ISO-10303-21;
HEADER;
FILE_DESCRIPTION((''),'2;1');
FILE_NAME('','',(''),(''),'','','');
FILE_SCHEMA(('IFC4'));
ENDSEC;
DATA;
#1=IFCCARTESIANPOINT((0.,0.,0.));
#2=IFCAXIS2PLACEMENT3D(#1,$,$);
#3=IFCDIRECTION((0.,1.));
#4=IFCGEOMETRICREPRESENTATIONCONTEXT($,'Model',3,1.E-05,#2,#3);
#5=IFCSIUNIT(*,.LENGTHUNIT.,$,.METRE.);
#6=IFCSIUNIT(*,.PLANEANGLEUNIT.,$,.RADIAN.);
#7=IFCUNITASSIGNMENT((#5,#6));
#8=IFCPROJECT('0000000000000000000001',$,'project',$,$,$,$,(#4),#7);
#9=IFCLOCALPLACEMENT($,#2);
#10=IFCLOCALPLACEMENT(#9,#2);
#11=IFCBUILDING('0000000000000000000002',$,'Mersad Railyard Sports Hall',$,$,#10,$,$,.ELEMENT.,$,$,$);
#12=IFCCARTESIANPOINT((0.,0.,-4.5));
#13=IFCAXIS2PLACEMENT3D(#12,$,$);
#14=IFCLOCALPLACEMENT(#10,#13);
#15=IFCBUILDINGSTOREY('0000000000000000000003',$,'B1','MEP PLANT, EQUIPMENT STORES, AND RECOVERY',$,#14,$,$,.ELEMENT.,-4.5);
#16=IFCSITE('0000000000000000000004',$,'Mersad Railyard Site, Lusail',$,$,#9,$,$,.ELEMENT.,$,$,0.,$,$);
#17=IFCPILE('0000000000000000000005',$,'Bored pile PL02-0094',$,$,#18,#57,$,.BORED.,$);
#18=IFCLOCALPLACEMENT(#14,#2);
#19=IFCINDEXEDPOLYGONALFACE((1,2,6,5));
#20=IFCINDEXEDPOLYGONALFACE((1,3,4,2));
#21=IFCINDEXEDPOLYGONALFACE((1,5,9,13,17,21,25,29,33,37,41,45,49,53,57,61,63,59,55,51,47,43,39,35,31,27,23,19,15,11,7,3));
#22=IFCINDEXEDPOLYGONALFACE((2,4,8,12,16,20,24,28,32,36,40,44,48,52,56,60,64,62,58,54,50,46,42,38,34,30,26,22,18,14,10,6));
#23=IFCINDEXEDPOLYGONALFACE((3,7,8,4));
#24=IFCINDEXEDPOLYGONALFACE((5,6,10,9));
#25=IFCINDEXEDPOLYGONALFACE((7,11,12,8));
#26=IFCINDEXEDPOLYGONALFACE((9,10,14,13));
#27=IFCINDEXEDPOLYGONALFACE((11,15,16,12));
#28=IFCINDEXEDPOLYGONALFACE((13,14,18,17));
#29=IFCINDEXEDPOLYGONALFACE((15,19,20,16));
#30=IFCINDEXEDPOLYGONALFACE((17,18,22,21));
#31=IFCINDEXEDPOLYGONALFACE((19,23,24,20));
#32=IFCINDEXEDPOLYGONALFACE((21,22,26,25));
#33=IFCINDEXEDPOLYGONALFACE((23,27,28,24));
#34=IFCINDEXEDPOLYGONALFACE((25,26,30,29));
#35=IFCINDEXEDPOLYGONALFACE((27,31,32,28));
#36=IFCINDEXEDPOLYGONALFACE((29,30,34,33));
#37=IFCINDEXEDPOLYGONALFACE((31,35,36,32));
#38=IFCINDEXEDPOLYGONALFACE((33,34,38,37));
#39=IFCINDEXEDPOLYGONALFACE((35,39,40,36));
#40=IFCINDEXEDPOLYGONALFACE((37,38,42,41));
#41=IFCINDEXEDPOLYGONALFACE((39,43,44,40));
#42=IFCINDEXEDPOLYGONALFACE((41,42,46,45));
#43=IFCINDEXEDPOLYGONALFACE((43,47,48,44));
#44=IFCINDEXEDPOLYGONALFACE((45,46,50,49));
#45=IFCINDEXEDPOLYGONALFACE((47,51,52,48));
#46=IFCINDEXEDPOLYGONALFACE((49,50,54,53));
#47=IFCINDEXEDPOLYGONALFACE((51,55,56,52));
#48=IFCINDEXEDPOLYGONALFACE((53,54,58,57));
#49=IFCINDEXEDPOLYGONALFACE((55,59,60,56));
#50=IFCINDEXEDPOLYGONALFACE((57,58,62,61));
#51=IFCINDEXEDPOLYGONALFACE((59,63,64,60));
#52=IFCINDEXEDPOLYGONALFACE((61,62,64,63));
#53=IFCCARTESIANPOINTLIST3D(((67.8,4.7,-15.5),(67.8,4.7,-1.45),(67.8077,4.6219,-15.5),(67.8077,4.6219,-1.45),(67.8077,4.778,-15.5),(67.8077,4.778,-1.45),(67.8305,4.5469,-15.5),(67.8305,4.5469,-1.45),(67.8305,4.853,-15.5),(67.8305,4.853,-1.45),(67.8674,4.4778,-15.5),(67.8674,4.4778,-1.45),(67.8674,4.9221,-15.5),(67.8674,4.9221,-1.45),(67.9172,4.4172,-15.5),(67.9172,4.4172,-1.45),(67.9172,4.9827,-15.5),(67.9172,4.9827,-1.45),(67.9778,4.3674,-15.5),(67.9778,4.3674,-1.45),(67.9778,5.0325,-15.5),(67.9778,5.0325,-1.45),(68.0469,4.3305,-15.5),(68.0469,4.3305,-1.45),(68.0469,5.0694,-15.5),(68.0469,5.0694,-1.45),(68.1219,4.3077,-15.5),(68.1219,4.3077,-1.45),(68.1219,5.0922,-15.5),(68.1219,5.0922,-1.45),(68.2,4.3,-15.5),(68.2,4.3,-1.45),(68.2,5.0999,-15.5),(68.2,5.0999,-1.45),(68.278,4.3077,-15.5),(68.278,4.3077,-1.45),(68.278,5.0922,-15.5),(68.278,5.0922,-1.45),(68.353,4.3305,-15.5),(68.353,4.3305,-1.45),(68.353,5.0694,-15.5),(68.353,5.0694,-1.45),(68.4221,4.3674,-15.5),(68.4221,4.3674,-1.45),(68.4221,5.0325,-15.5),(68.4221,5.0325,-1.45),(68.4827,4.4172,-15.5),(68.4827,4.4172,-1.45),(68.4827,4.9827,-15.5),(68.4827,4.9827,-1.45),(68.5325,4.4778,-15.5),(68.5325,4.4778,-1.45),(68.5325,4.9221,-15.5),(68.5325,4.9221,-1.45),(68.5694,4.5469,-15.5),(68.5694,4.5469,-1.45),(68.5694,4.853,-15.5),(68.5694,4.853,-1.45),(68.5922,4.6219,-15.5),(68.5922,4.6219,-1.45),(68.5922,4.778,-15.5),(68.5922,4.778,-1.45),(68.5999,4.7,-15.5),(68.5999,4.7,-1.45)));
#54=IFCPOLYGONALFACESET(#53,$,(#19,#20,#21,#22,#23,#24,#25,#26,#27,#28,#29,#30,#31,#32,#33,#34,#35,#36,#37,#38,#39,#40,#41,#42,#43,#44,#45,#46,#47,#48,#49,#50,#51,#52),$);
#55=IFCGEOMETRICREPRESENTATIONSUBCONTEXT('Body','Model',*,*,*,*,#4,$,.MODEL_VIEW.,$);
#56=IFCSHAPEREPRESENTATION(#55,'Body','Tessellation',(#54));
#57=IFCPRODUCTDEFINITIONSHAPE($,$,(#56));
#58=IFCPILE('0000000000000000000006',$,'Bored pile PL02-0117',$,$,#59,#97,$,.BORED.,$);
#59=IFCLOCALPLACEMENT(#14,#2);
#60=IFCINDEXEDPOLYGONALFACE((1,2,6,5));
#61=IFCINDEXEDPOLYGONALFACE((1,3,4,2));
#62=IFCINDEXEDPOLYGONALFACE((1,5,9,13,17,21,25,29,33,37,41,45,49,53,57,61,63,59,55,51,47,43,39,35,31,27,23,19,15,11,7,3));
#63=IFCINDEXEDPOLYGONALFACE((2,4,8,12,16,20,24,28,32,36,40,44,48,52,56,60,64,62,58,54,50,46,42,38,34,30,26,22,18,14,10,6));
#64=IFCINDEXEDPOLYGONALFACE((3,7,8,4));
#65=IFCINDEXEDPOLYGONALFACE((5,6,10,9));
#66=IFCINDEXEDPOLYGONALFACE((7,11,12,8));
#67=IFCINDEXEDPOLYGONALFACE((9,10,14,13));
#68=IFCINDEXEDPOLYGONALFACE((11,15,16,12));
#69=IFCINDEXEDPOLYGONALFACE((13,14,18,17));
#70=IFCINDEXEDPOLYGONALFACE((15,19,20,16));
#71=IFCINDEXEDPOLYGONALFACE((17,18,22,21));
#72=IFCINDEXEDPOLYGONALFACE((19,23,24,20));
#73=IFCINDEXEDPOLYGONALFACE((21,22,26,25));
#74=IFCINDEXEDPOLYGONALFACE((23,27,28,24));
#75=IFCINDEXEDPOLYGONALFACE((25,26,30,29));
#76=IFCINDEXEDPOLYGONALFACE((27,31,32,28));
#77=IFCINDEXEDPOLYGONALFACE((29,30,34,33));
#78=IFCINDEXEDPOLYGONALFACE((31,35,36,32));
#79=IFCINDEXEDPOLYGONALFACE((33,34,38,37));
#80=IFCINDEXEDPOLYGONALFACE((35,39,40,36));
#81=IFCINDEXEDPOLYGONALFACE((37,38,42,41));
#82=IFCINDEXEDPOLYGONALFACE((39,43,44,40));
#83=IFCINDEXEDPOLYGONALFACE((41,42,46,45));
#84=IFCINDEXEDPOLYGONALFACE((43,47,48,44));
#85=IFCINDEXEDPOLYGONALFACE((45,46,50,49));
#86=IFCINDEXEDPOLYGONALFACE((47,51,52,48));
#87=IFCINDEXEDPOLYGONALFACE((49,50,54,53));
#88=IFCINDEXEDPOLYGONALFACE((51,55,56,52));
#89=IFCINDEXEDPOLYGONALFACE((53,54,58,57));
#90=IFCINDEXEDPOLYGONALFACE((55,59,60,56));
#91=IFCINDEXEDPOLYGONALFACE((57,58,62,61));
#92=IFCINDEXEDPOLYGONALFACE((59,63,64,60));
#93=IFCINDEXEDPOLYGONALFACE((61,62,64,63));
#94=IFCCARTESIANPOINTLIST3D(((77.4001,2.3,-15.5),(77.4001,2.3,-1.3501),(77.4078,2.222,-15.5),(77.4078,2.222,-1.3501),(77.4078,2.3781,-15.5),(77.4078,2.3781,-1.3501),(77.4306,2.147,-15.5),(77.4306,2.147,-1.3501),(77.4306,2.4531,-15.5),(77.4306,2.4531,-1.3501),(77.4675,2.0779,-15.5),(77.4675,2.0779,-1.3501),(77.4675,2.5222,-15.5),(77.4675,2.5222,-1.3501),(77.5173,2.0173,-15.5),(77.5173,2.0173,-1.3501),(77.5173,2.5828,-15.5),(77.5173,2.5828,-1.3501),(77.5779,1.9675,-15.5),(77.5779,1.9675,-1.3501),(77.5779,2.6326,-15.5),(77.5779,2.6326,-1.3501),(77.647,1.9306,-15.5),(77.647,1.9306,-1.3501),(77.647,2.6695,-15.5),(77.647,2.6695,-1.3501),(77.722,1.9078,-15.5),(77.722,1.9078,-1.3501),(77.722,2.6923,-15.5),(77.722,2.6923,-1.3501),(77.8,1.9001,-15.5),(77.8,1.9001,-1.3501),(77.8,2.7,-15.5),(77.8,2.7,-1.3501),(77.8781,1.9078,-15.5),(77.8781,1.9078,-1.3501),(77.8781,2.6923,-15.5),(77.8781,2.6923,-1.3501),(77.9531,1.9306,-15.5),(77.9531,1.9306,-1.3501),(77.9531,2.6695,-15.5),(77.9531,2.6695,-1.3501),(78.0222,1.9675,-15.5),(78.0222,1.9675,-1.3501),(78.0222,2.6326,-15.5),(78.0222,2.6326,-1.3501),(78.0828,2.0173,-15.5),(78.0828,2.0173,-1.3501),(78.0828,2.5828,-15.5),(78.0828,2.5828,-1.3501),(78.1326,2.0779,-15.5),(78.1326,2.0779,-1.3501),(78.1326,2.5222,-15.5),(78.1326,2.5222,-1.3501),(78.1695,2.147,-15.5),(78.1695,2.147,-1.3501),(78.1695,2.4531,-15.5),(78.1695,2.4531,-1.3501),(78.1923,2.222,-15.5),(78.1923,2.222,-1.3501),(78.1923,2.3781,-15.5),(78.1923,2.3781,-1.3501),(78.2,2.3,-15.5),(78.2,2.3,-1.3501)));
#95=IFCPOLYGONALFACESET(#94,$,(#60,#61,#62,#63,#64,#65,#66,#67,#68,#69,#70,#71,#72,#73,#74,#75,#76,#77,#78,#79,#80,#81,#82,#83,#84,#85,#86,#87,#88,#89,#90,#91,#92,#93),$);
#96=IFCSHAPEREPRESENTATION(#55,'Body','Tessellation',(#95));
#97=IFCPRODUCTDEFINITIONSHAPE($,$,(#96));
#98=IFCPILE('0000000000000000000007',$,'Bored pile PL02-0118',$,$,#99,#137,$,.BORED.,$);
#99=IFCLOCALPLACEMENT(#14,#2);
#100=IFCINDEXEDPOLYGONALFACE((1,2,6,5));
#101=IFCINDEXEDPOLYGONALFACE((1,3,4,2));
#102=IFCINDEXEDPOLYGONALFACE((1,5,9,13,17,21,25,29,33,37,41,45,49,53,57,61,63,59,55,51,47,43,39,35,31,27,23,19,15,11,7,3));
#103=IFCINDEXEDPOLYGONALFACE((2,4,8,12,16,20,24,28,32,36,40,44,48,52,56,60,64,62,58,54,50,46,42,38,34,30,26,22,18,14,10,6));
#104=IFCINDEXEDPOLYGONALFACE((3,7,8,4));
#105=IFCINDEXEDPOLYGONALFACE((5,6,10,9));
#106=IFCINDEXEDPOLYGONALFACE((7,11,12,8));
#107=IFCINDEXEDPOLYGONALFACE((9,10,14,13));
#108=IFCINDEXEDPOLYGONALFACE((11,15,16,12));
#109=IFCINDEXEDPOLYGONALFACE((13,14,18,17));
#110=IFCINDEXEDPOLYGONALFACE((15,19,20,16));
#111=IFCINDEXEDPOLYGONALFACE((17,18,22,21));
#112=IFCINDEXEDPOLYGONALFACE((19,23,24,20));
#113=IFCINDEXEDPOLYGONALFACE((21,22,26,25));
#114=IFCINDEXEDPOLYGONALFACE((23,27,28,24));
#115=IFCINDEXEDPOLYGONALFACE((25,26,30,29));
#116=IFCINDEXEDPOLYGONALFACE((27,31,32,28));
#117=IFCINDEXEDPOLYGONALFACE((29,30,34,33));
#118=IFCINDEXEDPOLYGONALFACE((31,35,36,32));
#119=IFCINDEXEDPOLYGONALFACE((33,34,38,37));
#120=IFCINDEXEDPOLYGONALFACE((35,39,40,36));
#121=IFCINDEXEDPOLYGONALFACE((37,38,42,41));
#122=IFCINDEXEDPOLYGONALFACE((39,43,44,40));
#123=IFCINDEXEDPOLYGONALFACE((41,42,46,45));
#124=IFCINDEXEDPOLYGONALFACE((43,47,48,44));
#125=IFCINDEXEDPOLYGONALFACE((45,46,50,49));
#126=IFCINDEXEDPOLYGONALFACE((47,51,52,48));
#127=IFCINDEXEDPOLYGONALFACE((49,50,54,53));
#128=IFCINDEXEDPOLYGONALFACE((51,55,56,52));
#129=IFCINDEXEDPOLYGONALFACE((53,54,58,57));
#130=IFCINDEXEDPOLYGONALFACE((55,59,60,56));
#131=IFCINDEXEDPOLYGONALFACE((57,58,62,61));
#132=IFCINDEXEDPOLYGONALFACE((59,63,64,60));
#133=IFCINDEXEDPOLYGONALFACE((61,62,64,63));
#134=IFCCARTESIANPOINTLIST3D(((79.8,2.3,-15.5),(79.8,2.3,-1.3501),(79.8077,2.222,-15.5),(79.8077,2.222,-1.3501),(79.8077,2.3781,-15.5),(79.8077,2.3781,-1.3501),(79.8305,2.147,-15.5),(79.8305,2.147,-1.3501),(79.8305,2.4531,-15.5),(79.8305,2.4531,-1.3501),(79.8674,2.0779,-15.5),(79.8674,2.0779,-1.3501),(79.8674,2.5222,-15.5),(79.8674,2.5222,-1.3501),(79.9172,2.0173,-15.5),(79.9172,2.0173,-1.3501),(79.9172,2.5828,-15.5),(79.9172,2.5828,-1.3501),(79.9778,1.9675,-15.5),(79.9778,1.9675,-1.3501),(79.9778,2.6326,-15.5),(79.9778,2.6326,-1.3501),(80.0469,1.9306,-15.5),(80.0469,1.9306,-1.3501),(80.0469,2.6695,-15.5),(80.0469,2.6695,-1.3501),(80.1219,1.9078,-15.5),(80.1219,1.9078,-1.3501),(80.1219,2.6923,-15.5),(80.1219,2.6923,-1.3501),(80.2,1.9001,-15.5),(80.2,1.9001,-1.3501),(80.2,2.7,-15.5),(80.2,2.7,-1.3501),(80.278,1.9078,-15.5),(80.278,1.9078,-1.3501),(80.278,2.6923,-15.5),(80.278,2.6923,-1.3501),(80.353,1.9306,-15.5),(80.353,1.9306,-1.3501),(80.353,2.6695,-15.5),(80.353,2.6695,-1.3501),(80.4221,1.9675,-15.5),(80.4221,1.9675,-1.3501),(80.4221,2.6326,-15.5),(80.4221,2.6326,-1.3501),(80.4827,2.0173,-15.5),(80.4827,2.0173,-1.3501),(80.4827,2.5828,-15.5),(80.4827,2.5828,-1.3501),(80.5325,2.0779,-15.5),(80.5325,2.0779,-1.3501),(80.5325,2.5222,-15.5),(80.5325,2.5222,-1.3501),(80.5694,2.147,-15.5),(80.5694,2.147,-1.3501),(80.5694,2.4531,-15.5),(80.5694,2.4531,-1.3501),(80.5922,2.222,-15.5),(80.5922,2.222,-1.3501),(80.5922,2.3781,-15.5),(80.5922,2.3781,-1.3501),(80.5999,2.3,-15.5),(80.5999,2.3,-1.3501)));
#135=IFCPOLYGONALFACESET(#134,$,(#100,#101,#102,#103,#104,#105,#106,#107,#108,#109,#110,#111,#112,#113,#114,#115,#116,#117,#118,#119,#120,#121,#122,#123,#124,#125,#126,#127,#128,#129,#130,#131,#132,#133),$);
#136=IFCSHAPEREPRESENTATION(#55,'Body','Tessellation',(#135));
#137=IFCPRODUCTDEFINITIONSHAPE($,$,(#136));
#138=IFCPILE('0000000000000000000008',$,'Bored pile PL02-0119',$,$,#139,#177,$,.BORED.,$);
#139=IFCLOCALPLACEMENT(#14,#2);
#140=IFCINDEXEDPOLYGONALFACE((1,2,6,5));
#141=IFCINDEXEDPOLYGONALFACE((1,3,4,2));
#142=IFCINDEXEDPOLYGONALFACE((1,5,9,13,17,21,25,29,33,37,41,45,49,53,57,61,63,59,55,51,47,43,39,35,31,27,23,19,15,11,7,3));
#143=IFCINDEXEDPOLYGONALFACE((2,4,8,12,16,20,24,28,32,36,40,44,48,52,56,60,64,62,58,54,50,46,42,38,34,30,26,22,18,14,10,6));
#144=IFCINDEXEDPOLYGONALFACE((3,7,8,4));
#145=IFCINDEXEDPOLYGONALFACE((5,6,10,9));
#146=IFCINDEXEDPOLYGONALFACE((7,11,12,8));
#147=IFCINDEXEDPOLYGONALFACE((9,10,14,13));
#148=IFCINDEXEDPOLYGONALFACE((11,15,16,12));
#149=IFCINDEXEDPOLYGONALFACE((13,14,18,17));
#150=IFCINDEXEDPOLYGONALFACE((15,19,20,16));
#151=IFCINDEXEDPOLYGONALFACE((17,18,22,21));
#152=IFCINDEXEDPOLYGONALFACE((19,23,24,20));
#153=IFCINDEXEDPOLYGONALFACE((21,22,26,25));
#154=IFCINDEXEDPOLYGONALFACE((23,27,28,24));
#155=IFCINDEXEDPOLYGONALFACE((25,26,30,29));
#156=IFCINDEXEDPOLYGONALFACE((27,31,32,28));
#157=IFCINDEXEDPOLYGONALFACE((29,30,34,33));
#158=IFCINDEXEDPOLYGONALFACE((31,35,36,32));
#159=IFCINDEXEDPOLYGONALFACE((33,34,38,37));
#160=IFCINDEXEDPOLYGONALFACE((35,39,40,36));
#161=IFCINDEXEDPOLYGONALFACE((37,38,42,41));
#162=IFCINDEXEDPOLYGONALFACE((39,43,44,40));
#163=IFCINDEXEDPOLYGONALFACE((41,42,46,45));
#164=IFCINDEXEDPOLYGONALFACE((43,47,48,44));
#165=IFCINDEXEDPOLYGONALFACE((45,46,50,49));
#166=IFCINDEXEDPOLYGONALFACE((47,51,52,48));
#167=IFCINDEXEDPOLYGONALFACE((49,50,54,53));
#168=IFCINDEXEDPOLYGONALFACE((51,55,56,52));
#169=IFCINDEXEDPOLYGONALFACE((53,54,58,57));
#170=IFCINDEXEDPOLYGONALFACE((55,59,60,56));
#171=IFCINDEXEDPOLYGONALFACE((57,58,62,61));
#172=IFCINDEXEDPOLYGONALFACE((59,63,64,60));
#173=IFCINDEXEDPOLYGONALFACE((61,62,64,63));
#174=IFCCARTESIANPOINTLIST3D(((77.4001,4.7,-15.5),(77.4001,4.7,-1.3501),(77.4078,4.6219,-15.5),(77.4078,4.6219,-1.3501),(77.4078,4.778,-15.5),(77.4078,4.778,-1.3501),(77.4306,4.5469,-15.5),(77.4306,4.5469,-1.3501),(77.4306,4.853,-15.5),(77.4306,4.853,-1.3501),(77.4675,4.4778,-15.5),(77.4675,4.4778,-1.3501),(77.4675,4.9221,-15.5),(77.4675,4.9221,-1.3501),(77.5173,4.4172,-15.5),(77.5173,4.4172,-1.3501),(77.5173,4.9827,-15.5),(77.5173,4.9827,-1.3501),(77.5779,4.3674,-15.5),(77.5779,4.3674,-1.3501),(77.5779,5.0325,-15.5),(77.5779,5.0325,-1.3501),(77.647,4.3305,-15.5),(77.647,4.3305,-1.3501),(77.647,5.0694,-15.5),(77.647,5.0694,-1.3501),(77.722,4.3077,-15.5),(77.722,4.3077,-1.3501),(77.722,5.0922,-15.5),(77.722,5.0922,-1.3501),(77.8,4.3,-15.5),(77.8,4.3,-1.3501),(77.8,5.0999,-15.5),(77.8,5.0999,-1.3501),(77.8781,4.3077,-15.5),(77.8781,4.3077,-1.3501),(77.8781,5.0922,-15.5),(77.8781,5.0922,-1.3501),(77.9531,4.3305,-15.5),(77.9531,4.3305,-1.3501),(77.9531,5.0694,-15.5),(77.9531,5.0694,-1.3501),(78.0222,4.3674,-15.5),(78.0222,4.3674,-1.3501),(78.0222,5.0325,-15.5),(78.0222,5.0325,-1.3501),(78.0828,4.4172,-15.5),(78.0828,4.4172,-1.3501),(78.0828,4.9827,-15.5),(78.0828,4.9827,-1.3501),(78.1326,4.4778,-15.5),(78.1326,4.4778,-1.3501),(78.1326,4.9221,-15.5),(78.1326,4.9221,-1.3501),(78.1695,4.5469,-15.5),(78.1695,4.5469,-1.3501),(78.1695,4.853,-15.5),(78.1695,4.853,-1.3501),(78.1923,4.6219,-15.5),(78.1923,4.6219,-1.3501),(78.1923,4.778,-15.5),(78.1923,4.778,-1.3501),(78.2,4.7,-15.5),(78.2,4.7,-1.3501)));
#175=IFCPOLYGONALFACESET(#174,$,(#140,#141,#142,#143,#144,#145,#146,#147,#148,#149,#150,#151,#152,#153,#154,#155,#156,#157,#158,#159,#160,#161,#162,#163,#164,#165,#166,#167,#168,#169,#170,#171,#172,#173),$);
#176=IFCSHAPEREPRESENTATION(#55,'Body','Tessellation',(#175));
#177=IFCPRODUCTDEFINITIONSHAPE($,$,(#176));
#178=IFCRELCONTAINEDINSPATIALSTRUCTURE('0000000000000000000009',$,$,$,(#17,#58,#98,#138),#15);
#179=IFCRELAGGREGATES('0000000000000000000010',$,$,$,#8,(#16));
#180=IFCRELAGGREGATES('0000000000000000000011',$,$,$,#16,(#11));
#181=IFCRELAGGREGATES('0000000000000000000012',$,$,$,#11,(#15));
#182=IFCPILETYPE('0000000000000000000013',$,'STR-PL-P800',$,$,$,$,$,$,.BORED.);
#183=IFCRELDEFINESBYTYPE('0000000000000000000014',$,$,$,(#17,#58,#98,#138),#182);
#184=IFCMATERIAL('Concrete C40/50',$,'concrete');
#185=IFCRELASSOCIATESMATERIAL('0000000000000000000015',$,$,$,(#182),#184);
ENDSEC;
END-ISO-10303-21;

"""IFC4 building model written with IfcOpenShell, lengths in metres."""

from ifc_helpers import new_model, si_unit, direction, frame, origin, origin_2d, place, context, subcontext, project, spatial, circle, extrude, material, material_profile, profile_set, type_object, element, save


model = new_model("IFC4")

# Units and contexts
model_context = context("Model", 3, precision=1e-05, world=origin(), true_north=direction((0.0, 1.0)))
body_context = subcontext(model_context, "Body", "Model", "MODEL_VIEW")
ifc_project = project(units=[si_unit("LENGTHUNIT", "METRE"), si_unit("PLANEANGLEUNIT", "RADIAN")], contexts=[model_context])

# Site, building, storey
site_placement = place(None, origin())
site = spatial("IfcSite", under=ifc_project, at=site_placement, Name="Mersad Railyard Site, Lusail", CompositionType="ELEMENT", RefElevation=0.0)
building_placement = place(site_placement, origin())
building = spatial("IfcBuilding", under=site, at=building_placement, Name="Mersad Railyard Sports Hall", CompositionType="ELEMENT")
storey_placement = place(building_placement, frame((0.0, 0.0, -4.5)))
storey = spatial("IfcBuildingStorey", under=building, at=storey_placement, Name="B1", Description="MEP PLANT, EQUIPMENT STORES, AND RECOVERY", CompositionType="ELEMENT", Elevation=-4.5)

# Shared definitions
ifc_material_1 = material(Name="Concrete C40/50", Category="concrete")

# Piles
ifc_material_profile_1 = material_profile(ifc_material_1, circle(Radius=0.3999, at=origin_2d()), Name="BORED PILE D800")
ifc_profile_set_1 = profile_set([ifc_material_profile_1], Name="Concrete C40/50")
pile_type_1 = type_object("IfcPileType", Name="STR-PL-P800", PredefinedType="BORED", material=ifc_profile_set_1)
for number, where, z_axis, x_axis, name in (
    (1, (68.2, 4.7, -1.45), (0.0, 0.0, -1.0), (1.0, 0.0, 0.0), "Bored pile PL02-0094"),
):
    element("IfcPile", number, at=place(storey_placement, frame(where, z_axis=z_axis, x_axis=x_axis)), inside=storey, type_object=pile_type_1, Name=name, PredefinedType="BORED", context=body_context, shape_type="SweptSolid", body=[
        extrude(circle(Radius=0.3999, at=origin_2d()), origin(), (0.0, 0.0, 1.0), 14.05),
    ])
for number, where, z_axis, x_axis, name in (
    (2, (77.8, 2.3, -1.3501), (0.0, 0.0, -1.0), (1.0, 0.0, 0.0), "Bored pile PL02-0117"),
    (3, (80.2, 2.3, -1.3501), (0.0, 0.0, -1.0), (1.0, 0.0, 0.0), "Bored pile PL02-0118"),
    (4, (77.8, 4.7, -1.3501), (0.0, 0.0, -1.0), (1.0, 0.0, 0.0), "Bored pile PL02-0119"),
):
    element("IfcPile", number, at=place(storey_placement, frame(where, z_axis=z_axis, x_axis=x_axis)), inside=storey, type_object=pile_type_1, Name=name, PredefinedType="BORED", context=body_context, shape_type="SweptSolid", body=[
        extrude(circle(Radius=0.3999, at=origin_2d()), origin(), (0.0, 0.0, 1.0), 14.1499),
    ])

save(model, "model.ifc")
